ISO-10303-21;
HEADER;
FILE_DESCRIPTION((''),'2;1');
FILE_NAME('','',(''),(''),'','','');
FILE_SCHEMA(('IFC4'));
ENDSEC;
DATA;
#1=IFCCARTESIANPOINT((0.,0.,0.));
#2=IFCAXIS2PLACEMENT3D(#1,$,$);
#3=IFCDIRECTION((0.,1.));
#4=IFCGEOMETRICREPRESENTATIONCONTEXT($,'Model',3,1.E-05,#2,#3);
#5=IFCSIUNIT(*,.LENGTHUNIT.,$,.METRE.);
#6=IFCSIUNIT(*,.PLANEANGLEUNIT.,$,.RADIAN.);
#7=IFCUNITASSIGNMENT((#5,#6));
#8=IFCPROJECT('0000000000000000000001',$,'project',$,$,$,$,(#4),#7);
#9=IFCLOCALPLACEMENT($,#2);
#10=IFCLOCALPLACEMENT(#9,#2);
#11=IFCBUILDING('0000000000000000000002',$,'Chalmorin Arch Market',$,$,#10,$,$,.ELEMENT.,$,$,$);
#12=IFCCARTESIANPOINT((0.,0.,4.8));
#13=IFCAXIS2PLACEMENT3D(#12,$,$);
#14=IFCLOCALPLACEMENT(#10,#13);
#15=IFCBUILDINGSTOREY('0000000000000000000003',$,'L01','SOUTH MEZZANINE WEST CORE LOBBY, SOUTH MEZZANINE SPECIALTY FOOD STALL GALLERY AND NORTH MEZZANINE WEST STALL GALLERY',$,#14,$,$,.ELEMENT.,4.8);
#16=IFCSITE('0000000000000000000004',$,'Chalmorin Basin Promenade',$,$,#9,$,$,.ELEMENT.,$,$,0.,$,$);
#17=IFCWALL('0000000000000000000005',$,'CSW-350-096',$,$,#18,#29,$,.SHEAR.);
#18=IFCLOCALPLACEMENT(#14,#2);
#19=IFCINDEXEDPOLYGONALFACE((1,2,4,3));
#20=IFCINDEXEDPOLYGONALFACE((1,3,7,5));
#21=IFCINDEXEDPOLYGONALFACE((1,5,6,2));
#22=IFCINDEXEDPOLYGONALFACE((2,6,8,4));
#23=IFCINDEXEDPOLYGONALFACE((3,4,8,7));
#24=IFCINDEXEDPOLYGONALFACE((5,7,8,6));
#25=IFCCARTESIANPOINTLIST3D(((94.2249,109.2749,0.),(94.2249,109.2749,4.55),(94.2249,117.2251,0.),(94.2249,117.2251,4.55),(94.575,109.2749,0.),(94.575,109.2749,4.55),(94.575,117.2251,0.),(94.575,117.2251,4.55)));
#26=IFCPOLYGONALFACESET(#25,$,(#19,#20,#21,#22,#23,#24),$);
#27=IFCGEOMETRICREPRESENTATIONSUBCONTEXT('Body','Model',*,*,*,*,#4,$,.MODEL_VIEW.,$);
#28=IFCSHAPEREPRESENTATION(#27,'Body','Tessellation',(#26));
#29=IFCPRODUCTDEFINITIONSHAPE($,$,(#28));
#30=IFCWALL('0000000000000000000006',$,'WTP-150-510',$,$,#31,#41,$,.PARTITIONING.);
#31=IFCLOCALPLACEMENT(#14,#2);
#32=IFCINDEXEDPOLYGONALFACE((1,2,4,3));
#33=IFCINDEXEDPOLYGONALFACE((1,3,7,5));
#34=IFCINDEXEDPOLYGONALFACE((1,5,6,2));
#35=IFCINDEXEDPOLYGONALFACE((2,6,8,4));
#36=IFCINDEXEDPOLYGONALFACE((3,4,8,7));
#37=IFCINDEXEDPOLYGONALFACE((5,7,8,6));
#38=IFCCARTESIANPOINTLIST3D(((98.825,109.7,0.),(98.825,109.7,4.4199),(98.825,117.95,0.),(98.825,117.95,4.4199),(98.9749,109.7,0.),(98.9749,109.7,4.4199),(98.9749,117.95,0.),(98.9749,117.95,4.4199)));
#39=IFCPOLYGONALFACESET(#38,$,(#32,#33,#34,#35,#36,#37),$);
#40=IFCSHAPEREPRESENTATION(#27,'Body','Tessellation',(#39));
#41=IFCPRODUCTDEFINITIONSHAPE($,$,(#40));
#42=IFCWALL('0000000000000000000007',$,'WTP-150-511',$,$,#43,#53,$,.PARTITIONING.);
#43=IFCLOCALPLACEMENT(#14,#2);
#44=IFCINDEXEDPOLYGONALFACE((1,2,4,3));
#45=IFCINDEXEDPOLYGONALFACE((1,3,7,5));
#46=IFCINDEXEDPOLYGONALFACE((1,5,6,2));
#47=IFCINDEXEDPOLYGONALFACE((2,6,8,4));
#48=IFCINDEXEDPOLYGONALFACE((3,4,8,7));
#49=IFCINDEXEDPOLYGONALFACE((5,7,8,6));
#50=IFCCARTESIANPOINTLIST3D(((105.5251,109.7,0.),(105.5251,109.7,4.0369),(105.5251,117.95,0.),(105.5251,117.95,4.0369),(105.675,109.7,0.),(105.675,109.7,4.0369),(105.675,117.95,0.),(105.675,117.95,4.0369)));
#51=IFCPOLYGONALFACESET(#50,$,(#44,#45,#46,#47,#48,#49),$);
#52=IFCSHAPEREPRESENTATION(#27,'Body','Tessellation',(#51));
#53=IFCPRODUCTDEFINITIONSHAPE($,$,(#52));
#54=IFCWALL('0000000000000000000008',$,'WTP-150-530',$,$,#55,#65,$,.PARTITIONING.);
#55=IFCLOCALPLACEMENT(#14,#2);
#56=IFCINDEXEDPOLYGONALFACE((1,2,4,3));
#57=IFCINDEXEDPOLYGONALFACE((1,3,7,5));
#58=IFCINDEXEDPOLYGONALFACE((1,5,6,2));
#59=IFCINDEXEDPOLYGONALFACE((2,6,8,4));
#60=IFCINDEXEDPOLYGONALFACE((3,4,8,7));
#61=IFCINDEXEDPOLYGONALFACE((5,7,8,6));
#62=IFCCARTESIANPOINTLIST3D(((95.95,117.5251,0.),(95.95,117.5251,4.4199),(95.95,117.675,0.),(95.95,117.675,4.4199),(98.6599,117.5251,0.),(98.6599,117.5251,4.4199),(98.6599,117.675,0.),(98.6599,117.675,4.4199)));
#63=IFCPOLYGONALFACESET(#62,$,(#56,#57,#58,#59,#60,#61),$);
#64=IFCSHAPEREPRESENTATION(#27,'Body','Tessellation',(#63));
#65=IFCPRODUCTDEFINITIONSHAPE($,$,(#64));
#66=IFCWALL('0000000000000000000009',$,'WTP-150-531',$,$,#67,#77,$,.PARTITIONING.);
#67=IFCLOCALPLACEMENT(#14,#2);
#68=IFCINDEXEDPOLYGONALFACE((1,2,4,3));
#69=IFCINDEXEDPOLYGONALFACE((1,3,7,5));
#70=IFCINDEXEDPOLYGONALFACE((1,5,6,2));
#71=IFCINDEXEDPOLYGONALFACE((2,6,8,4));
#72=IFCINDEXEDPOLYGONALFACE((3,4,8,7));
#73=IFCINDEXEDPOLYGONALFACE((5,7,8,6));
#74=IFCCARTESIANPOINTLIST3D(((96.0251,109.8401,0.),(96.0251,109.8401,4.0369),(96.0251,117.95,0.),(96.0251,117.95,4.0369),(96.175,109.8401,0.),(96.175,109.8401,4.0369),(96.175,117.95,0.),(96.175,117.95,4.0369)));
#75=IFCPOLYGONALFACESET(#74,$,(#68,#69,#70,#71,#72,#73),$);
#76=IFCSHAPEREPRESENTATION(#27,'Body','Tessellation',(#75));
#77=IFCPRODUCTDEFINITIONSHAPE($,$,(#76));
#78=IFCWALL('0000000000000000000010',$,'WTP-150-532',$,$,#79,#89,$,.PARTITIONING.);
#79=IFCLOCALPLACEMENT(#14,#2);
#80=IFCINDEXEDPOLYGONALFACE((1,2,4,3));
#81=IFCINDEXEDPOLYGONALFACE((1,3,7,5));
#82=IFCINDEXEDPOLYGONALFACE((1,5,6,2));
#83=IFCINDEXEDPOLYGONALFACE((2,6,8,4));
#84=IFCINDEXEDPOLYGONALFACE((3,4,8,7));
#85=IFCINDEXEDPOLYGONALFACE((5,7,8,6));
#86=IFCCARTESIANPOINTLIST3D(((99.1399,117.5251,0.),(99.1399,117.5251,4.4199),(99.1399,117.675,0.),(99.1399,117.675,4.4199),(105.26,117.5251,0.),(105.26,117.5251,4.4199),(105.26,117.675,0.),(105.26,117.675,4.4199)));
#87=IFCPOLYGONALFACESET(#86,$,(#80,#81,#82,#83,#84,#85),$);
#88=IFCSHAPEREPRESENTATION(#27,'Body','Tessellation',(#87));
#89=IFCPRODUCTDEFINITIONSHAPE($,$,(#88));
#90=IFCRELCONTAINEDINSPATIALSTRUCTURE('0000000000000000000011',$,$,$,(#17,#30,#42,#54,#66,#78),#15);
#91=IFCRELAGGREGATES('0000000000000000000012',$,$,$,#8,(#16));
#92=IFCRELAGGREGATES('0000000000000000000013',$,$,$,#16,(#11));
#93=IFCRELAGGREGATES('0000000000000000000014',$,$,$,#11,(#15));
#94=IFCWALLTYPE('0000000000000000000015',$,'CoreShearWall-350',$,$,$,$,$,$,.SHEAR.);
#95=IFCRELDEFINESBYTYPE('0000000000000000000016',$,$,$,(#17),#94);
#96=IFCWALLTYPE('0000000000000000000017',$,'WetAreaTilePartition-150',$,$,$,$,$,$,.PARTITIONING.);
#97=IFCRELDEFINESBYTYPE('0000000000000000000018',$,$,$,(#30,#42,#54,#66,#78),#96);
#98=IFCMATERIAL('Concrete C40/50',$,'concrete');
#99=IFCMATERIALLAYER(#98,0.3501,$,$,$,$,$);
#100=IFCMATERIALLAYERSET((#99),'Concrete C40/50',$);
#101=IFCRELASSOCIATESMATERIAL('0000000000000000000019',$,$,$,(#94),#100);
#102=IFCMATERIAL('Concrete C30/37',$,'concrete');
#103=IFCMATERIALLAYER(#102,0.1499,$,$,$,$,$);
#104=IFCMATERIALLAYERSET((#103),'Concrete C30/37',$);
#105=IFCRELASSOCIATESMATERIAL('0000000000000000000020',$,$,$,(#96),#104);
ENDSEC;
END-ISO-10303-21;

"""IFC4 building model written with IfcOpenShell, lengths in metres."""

from ifc_helpers import new_model, si_unit, direction, frame, frame_2d, origin, place, context, subcontext, project, spatial, rectangle, extrude, material, layer, layer_set, type_object, element, save


model = new_model("IFC4")

# Units and contexts
model_context = context("Model", 3, precision=1e-05, world=origin(), true_north=direction((0.0, 1.0)))
body_context = subcontext(model_context, "Body", "Model", "MODEL_VIEW")
ifc_project = project(units=[si_unit("LENGTHUNIT", "METRE"), si_unit("PLANEANGLEUNIT", "RADIAN")], contexts=[model_context])

# Site, building, storey
site_placement = place(None, origin())
site = spatial("IfcSite", under=ifc_project, at=site_placement, Name="Chalmorin Basin Promenade", CompositionType="ELEMENT", RefElevation=0.0)
building_placement = place(site_placement, origin())
building = spatial("IfcBuilding", under=site, at=building_placement, Name="Chalmorin Arch Market", CompositionType="ELEMENT")
storey_placement = place(building_placement, frame((0.0, 0.0, 4.8)))
storey = spatial("IfcBuildingStorey", under=building, at=storey_placement, Name="L01", Description="SOUTH MEZZANINE WEST CORE LOBBY, SOUTH MEZZANINE SPECIALTY FOOD STALL GALLERY AND NORTH MEZZANINE WEST STALL GALLERY", CompositionType="ELEMENT", Elevation=4.8)

# Shared definitions
ifc_material_1 = material(Name="Concrete C40/50", Category="concrete")

# Walls
ifc_layer_1 = layer(ifc_material_1, 0.3501)
ifc_layer_set_1 = layer_set([ifc_layer_1], Name="Concrete C40/50")
wall_type_1 = type_object("IfcWallType", Name="CoreShearWall-350", PredefinedType="SHEAR", material=ifc_layer_set_1)
wall_1_placement = place(storey_placement, frame((94.3999, 117.2251, 0.0), z_axis=(0.0, 0.0, 1.0), x_axis=(0.0, -1.0, 0.0)))
element("IfcWall", 1, at=wall_1_placement, inside=storey, type_object=wall_type_1, Name="CSW-350-096", PredefinedType="SHEAR", context=body_context, shape_type="SweptSolid", body=[
    extrude(rectangle(XDim=7.9502, YDim=0.3501, at=frame_2d((3.9751, 0.0))), origin(), (0.0, 0.0, 1.0), 4.55),
])
ifc_material_2 = material(Name="Concrete C30/37", Category="concrete")
ifc_layer_2 = layer(ifc_material_2, 0.1499)
ifc_layer_set_2 = layer_set([ifc_layer_2], Name="Concrete C30/37")
wall_type_2 = type_object("IfcWallType", Name="WetAreaTilePartition-150", PredefinedType="PARTITIONING", material=ifc_layer_set_2)
wall_2_placement = place(storey_placement, frame((98.8999, 109.7, 0.0), z_axis=(0.0, 0.0, 1.0), x_axis=(0.0, 1.0, 0.0)))
element("IfcWall", 2, at=wall_2_placement, inside=storey, type_object=wall_type_2, Name="WTP-150-510", PredefinedType="PARTITIONING", context=body_context, shape_type="SweptSolid", body=[
    extrude(rectangle(XDim=8.25, YDim=0.1499, at=frame_2d((4.125, 0.0))), origin(), (0.0, 0.0, 1.0), 4.4199),
])
wall_3_placement = place(storey_placement, frame((105.6001, 109.7, 0.0), z_axis=(0.0, 0.0, 1.0), x_axis=(0.0, 1.0, 0.0)))
element("IfcWall", 3, at=wall_3_placement, inside=storey, type_object=wall_type_2, Name="WTP-150-511", PredefinedType="PARTITIONING", context=body_context, shape_type="SweptSolid", body=[
    extrude(rectangle(XDim=8.25, YDim=0.1499, at=frame_2d((4.125, 0.0))), origin(), (0.0, 0.0, 1.0), 4.0369),
])
wall_4_placement = place(storey_placement, frame((95.95, 117.6001, 0.0), z_axis=(0.0, 0.0, 1.0), x_axis=(1.0, 0.0, 0.0)))
element("IfcWall", 4, at=wall_4_placement, inside=storey, type_object=wall_type_2, Name="WTP-150-530", PredefinedType="PARTITIONING", context=body_context, shape_type="SweptSolid", body=[
    extrude(rectangle(XDim=2.71, YDim=0.1499, at=frame_2d((1.355, 0.0))), origin(), (0.0, 0.0, 1.0), 4.4199),
])
wall_5_placement = place(storey_placement, frame((96.1001, 109.8401, 0.0), z_axis=(0.0, 0.0, 1.0), x_axis=(0.0, 1.0, 0.0)))
element("IfcWall", 5, at=wall_5_placement, inside=storey, type_object=wall_type_2, Name="WTP-150-531", PredefinedType="PARTITIONING", context=body_context, shape_type="SweptSolid", body=[
    extrude(rectangle(XDim=8.1099, YDim=0.1499, at=frame_2d((4.0549, 0.0))), origin(), (0.0, 0.0, 1.0), 4.0369),
])
wall_6_placement = place(storey_placement, frame((99.1399, 117.6001, 0.0), z_axis=(0.0, 0.0, 1.0), x_axis=(1.0, 0.0, 0.0)))
element("IfcWall", 6, at=wall_6_placement, inside=storey, type_object=wall_type_2, Name="WTP-150-532", PredefinedType="PARTITIONING", context=body_context, shape_type="SweptSolid", body=[
    extrude(rectangle(XDim=6.1201, YDim=0.1499, at=frame_2d((3.0601, 0.0))), origin(), (0.0, 0.0, 1.0), 4.4199),
])

save(model, "model.ifc")
